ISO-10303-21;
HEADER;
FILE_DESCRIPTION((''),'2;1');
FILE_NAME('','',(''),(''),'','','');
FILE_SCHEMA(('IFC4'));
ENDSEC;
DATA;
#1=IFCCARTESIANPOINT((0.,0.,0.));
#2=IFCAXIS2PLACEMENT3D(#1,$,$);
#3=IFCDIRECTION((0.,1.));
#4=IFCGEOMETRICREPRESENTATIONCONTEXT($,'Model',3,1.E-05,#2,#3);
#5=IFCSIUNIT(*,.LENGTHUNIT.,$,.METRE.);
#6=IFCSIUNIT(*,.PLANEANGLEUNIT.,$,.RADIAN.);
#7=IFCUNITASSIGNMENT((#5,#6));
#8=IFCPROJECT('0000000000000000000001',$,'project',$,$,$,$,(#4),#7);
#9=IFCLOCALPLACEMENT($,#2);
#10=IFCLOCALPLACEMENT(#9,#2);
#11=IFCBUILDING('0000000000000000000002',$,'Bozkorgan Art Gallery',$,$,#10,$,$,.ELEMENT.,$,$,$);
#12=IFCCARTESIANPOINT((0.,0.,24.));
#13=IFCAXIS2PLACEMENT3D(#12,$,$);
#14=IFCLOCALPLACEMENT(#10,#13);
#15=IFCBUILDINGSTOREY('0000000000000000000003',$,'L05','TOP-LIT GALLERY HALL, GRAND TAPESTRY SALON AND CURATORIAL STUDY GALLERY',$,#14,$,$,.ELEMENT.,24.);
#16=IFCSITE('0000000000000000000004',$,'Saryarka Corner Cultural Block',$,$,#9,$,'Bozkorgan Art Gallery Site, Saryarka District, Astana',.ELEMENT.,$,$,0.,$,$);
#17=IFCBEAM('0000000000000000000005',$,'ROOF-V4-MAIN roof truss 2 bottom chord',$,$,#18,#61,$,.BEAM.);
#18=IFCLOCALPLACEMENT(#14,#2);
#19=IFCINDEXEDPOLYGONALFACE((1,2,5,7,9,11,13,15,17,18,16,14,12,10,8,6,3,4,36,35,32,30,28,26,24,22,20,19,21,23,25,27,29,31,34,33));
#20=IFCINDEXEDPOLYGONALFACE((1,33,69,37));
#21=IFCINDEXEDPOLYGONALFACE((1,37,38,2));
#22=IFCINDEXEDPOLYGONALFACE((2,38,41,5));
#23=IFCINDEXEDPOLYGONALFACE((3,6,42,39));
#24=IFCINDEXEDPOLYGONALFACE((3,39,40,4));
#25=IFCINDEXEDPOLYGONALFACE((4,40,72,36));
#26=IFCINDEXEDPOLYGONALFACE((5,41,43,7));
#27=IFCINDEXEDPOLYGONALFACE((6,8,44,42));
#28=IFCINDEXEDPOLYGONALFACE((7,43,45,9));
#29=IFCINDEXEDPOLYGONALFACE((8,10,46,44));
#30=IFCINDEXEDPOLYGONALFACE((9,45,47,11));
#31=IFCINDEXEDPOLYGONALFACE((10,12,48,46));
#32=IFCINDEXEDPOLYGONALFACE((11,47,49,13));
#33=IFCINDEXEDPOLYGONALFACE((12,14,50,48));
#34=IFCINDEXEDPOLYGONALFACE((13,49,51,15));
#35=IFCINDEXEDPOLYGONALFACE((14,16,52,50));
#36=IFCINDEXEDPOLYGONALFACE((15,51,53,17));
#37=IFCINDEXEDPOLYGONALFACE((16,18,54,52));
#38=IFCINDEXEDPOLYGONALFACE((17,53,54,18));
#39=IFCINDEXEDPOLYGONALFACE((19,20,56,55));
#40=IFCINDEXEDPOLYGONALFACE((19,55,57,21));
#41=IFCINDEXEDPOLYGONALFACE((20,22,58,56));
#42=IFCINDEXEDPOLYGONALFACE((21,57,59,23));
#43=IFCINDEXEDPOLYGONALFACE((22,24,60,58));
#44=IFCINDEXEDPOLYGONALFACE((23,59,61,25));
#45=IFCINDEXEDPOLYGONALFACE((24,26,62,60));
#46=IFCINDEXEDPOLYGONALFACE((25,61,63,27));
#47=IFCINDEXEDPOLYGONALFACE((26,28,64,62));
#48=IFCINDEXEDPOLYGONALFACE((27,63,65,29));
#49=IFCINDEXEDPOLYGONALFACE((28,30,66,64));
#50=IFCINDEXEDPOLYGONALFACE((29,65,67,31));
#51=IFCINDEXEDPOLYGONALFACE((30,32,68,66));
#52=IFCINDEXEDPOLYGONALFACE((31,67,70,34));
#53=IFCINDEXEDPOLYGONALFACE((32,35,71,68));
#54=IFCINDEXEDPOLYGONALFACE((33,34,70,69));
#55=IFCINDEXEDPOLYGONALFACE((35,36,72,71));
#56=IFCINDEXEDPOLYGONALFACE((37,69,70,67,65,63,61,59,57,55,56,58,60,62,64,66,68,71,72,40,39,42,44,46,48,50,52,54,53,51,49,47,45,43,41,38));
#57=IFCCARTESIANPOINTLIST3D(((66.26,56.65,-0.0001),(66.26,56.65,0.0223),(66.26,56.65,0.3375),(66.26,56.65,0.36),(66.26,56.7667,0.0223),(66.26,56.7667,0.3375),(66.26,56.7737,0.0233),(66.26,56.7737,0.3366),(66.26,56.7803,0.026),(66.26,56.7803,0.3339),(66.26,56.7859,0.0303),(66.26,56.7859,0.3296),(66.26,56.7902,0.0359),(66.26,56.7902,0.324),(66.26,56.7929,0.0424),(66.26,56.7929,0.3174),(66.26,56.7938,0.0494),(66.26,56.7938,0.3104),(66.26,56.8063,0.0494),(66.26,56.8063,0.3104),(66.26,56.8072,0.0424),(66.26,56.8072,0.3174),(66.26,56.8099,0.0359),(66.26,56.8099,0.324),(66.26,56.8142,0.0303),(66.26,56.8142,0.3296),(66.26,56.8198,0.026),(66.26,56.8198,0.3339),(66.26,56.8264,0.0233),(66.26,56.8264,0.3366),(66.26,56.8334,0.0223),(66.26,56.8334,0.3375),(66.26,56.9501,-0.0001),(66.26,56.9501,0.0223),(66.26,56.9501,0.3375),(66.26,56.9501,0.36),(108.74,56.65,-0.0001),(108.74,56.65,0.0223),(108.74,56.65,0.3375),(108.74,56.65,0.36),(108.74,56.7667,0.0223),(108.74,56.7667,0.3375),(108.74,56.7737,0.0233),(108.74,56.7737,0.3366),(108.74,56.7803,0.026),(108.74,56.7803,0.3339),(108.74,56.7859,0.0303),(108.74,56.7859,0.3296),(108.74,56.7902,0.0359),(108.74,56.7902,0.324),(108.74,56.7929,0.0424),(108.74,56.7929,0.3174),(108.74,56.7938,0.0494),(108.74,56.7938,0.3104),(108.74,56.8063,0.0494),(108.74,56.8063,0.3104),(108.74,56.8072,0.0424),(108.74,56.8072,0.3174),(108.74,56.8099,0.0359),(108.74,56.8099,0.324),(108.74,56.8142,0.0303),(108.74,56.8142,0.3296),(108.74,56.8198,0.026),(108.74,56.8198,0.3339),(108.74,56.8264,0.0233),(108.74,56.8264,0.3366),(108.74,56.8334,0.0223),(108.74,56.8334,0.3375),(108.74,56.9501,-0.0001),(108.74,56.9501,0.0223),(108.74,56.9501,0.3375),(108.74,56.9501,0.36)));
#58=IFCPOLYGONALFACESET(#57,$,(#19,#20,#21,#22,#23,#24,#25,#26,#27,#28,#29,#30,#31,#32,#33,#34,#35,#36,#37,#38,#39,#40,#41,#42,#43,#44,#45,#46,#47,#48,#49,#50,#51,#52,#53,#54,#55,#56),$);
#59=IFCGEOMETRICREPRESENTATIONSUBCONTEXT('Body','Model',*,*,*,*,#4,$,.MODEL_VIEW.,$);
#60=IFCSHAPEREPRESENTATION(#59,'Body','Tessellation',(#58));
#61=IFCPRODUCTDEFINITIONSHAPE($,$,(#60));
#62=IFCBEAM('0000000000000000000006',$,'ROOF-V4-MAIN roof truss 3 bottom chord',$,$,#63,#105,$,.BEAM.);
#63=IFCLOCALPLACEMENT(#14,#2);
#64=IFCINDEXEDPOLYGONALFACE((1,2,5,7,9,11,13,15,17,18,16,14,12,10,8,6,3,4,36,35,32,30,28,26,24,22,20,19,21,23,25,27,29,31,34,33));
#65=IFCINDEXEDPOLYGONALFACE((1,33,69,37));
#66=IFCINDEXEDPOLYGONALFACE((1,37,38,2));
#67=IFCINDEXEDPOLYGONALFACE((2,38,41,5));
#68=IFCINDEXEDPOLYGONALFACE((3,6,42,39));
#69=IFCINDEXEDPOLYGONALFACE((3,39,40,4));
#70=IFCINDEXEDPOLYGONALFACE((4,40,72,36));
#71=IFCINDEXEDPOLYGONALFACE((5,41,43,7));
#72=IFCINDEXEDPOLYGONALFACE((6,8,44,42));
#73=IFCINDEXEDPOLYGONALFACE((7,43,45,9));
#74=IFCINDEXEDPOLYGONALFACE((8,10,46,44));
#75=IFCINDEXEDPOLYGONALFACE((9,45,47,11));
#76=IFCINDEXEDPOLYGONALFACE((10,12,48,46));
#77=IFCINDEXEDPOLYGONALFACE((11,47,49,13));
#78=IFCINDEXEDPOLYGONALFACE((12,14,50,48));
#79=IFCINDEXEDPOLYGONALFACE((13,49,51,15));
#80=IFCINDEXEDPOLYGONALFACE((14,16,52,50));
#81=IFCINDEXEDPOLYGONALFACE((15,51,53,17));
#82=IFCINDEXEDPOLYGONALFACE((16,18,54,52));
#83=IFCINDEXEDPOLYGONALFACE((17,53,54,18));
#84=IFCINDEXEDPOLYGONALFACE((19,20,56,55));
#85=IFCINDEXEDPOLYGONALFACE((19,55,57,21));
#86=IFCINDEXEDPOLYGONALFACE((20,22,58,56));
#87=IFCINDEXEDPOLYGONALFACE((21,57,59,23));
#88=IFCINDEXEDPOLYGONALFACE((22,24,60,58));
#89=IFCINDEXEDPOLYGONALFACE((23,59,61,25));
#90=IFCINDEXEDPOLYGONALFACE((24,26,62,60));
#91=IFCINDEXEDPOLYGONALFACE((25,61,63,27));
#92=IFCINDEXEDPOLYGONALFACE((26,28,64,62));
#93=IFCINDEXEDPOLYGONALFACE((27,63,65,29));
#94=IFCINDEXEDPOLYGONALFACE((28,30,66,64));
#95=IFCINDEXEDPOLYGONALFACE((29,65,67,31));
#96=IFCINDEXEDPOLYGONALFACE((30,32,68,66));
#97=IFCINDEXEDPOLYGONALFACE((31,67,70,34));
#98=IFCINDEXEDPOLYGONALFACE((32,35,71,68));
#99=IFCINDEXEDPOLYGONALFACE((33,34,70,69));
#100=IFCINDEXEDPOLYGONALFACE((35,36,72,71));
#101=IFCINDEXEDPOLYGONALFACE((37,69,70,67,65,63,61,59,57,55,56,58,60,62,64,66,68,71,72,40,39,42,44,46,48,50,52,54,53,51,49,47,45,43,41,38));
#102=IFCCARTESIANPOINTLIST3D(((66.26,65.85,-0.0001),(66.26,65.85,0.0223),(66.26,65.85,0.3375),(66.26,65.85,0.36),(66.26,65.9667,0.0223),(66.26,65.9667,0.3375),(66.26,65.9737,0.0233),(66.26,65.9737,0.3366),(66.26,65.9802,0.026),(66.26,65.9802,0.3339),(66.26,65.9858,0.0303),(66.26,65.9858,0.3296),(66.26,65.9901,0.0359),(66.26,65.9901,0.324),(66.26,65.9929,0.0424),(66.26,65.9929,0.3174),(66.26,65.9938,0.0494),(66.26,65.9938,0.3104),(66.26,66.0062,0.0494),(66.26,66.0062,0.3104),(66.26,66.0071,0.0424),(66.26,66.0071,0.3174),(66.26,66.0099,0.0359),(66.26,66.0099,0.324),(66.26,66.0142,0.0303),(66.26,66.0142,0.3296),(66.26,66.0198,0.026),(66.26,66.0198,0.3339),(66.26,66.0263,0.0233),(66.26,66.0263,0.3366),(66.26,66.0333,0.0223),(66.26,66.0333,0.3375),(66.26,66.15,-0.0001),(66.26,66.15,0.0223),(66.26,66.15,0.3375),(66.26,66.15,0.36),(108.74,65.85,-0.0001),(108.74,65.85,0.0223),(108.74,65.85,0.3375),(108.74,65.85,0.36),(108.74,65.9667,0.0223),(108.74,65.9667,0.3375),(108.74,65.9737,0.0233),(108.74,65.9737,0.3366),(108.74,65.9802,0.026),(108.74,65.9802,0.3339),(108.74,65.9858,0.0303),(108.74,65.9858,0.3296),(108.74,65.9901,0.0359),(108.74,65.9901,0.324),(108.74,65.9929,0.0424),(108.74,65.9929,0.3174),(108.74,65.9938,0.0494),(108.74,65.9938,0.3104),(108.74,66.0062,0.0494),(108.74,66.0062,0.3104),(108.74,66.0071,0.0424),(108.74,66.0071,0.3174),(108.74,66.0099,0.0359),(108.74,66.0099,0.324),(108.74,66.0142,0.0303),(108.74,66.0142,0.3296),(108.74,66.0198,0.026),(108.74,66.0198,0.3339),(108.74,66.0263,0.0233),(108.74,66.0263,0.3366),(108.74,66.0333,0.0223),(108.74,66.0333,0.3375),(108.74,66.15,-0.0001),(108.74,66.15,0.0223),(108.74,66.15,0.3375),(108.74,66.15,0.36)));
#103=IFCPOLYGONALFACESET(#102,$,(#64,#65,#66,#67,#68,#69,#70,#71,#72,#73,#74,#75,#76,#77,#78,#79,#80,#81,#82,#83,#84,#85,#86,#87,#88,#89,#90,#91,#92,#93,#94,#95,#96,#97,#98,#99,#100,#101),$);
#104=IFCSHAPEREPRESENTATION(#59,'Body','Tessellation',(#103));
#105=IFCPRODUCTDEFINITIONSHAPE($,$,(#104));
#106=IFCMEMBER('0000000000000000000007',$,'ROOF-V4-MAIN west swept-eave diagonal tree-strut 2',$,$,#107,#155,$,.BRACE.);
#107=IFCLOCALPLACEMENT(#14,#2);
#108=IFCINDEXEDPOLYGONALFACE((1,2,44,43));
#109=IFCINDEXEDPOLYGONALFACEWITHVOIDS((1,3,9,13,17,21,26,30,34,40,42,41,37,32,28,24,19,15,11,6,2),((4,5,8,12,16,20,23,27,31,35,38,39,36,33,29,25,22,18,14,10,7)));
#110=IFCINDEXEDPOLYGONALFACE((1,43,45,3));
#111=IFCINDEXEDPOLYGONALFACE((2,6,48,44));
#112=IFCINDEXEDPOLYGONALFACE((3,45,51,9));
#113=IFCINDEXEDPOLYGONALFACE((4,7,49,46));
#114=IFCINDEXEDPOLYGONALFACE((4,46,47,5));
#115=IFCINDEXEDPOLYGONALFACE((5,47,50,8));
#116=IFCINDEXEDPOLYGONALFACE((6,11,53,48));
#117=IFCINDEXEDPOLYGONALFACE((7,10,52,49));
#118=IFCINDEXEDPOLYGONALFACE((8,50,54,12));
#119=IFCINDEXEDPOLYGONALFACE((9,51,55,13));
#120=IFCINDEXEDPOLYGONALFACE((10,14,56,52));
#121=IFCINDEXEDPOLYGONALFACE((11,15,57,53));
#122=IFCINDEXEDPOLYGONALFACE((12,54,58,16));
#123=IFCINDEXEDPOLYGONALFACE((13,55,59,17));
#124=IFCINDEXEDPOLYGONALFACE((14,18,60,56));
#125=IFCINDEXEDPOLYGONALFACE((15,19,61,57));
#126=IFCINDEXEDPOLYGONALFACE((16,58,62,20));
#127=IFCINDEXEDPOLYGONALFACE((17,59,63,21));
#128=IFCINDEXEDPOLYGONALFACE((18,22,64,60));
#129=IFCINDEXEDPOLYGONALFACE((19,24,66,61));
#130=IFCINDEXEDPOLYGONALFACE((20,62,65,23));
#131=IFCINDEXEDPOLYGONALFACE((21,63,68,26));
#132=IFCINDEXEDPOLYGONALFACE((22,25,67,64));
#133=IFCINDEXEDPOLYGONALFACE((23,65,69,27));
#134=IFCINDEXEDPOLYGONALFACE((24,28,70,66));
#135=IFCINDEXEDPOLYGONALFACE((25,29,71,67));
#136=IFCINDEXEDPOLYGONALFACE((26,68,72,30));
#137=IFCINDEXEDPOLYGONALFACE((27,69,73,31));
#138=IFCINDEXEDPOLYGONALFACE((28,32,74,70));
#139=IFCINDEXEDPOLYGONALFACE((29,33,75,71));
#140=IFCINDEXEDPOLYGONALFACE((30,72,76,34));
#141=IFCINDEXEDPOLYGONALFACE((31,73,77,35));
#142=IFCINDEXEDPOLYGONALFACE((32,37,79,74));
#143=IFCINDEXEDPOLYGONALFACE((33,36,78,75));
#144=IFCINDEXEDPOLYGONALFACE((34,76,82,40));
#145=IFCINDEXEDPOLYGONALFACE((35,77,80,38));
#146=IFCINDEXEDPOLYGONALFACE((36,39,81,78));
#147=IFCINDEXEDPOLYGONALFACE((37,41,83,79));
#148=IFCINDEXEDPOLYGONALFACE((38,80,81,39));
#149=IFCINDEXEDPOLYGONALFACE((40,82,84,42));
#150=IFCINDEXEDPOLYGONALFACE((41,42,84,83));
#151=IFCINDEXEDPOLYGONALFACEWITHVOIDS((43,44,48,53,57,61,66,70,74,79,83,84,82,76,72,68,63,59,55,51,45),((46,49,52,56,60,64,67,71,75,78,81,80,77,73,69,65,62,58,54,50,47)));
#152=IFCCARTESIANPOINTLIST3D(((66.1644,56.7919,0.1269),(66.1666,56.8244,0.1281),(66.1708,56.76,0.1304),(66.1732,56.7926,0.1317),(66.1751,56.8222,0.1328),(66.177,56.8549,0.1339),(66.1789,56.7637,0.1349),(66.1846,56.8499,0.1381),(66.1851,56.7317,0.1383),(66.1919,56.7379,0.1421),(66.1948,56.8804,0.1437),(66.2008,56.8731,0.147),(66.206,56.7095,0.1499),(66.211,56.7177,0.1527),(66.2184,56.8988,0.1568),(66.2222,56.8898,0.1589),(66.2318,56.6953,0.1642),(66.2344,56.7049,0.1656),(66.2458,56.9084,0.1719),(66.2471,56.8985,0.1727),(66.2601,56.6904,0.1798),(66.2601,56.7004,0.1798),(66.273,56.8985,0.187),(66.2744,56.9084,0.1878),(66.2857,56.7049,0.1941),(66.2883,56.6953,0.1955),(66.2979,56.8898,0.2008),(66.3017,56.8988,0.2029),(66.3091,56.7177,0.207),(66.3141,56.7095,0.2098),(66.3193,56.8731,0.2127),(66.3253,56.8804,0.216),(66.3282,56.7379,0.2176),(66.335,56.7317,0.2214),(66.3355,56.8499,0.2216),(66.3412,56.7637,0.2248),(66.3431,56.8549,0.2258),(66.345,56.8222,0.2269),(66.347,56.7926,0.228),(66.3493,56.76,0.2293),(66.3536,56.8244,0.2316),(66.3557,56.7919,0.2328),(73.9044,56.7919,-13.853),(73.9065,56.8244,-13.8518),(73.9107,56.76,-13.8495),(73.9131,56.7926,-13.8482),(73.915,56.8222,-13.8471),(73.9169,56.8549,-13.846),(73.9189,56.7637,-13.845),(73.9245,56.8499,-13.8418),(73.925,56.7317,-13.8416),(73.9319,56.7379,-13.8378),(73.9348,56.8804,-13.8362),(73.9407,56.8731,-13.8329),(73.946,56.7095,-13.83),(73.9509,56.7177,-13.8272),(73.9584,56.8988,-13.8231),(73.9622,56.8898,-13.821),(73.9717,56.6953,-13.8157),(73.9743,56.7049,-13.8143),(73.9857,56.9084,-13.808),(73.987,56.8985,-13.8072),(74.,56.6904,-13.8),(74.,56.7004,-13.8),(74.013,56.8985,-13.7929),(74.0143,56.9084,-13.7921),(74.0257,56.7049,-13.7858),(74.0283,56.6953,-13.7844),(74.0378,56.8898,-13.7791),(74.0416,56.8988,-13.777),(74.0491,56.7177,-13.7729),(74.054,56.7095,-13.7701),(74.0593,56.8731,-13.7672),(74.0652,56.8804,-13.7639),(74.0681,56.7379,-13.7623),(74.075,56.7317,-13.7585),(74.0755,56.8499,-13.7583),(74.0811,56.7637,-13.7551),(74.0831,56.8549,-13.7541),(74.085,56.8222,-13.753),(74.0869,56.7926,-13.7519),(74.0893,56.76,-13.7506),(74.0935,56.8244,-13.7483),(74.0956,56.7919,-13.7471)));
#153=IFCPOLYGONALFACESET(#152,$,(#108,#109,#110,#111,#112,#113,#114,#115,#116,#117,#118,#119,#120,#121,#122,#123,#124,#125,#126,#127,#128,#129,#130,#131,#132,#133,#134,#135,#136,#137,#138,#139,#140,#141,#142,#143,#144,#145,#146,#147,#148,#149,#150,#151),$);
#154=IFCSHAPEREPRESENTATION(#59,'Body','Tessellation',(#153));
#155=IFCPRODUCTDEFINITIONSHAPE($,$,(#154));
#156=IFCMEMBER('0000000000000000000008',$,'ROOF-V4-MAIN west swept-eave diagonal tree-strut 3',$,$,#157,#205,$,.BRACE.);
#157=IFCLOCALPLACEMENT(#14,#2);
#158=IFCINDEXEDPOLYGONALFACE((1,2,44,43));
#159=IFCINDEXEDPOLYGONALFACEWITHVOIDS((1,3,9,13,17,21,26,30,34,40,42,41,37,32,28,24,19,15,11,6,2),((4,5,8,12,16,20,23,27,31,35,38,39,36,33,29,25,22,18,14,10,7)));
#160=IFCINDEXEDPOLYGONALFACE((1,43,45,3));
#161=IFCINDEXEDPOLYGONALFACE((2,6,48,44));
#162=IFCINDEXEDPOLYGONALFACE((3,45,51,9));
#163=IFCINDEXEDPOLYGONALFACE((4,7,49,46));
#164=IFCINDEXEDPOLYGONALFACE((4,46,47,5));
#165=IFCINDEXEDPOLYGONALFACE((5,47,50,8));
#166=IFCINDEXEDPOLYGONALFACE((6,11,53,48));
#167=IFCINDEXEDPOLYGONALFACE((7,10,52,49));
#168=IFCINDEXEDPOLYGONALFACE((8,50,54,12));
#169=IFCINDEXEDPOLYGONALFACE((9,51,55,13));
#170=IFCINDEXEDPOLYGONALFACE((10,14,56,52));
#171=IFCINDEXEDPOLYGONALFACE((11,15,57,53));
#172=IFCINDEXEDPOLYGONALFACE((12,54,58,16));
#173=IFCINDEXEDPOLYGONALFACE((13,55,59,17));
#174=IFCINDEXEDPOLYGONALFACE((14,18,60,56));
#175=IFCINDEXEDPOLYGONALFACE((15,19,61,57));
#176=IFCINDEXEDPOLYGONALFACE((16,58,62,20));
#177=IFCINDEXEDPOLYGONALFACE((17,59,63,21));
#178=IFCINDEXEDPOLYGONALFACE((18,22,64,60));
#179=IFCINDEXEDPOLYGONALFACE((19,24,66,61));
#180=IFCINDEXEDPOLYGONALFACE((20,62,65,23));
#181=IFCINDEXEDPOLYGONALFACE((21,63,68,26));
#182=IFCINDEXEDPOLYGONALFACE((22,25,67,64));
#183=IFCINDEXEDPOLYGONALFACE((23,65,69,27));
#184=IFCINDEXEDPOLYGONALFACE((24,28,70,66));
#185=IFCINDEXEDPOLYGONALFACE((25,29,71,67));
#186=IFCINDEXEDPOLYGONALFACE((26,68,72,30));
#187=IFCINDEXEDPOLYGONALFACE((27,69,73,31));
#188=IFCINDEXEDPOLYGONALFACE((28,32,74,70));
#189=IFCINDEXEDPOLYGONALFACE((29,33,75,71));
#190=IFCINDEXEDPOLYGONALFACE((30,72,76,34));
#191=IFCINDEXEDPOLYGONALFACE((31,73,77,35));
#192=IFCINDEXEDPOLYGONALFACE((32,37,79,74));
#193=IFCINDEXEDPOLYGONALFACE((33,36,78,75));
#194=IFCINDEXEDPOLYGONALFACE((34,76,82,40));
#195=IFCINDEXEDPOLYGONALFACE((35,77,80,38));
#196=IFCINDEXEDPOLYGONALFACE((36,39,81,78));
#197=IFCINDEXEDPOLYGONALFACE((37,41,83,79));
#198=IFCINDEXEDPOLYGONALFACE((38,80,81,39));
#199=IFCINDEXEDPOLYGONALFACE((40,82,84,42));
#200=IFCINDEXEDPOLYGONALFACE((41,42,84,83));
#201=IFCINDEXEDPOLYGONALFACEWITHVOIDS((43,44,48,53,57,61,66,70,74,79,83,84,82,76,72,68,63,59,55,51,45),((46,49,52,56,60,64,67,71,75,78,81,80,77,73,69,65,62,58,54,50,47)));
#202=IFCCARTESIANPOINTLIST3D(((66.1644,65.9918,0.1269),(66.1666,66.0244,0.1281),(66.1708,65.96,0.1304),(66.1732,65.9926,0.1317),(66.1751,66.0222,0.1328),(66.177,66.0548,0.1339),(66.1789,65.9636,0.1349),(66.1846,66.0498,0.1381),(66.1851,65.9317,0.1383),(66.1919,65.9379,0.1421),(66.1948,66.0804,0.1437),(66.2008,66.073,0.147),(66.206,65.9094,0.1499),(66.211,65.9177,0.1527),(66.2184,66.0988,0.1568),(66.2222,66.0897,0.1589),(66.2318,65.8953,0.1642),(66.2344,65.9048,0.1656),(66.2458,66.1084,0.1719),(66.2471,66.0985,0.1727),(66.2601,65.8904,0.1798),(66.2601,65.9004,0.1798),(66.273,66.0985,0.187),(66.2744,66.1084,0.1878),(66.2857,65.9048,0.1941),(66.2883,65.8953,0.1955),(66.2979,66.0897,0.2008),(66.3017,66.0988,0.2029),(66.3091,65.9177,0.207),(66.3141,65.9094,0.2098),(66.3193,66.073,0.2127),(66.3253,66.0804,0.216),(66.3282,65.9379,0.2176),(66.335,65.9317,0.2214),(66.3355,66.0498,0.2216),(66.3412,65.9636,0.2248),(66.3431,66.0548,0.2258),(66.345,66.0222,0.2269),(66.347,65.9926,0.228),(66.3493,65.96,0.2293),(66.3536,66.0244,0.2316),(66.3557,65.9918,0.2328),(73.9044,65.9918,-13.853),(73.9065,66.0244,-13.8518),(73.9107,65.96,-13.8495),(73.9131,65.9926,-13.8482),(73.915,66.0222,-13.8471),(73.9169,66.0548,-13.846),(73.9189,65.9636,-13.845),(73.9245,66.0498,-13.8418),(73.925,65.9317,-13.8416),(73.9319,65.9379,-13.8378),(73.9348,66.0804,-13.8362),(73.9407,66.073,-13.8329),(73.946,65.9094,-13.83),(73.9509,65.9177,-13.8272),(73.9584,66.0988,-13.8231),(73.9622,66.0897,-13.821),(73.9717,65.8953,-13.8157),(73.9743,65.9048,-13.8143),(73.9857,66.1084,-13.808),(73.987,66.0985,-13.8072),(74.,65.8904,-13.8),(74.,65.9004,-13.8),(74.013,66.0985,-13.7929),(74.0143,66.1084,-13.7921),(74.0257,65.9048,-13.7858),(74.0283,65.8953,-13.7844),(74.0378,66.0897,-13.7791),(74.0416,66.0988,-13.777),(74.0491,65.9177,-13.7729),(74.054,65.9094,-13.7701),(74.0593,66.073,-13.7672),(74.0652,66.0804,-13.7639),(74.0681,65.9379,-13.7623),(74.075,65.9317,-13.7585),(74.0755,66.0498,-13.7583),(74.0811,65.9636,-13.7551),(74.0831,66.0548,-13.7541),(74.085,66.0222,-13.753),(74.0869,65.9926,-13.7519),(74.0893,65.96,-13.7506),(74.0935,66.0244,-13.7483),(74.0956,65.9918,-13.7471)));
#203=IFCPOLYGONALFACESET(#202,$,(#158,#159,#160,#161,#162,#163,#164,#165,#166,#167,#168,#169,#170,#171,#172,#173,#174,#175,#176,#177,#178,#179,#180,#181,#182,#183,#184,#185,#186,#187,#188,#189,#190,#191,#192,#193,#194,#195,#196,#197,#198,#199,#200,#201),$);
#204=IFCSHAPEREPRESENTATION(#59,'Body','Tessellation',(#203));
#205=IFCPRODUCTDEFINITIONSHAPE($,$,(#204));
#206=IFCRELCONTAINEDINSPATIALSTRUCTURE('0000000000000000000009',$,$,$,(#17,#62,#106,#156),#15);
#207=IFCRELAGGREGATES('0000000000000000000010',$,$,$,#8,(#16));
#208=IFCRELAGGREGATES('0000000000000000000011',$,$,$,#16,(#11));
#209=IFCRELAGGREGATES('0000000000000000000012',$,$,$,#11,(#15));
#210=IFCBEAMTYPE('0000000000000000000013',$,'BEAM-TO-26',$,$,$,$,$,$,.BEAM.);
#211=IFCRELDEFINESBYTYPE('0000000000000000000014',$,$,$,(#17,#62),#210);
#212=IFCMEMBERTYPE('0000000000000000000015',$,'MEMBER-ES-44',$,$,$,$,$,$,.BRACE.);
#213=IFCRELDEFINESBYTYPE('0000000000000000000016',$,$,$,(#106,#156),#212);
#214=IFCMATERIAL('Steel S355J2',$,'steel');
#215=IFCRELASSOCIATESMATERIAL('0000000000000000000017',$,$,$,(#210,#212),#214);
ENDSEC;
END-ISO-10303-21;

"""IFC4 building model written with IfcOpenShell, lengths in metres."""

from ifc_helpers import new_model, si_unit, direction, frame, origin, origin_2d, place, context, subcontext, project, spatial, hollow_circle, i_section, extrude, material, material_profile, profile_set, type_object, element, save


model = new_model("IFC4")

# Units and contexts
model_context = context("Model", 3, precision=1e-05, world=origin(), true_north=direction((0.0, 1.0)))
body_context = subcontext(model_context, "Body", "Model", "MODEL_VIEW")
ifc_project = project(units=[si_unit("LENGTHUNIT", "METRE"), si_unit("PLANEANGLEUNIT", "RADIAN")], contexts=[model_context])

# Site, building, storey
site_placement = place(None, origin())
site = spatial("IfcSite", under=ifc_project, at=site_placement, Name="Saryarka Corner Cultural Block", LongName="Bozkorgan Art Gallery Site, Saryarka District, Astana", CompositionType="ELEMENT", RefElevation=0.0)
building_placement = place(site_placement, origin())
building = spatial("IfcBuilding", under=site, at=building_placement, Name="Bozkorgan Art Gallery", CompositionType="ELEMENT")
storey_placement = place(building_placement, frame((0.0, 0.0, 24.0)))
storey = spatial("IfcBuildingStorey", under=building, at=storey_placement, Name="L05", Description="TOP-LIT GALLERY HALL, GRAND TAPESTRY SALON AND CURATORIAL STUDY GALLERY", CompositionType="ELEMENT", Elevation=24.0)

# Beams
ifc_material_1 = material(Name="Steel S355J2", Category="steel")
ifc_material_profile_1 = material_profile(ifc_material_1, i_section(OverallWidth=0.3, OverallDepth=0.3601, WebThickness=0.0125, FlangeThickness=0.0225, FilletRadius=0.0271, at=origin_2d()), Name="HEB 360")
ifc_profile_set_1 = profile_set([ifc_material_profile_1], Name="Steel S355J2")
beam_type = type_object("IfcBeamType", Name="BEAM-TO-26", PredefinedType="BEAM", material=ifc_profile_set_1)
for number, where, z_axis, x_axis, name in (
    (1, (66.26, 56.8, 0.1799), (1.0, 0.0, 0.0), (0.0, 1.0, 0.0), "ROOF-V4-MAIN roof truss 2 bottom chord"),
    (2, (66.26, 66.0, 0.1799), (1.0, 0.0, 0.0), (0.0, 1.0, 0.0), "ROOF-V4-MAIN roof truss 3 bottom chord"),
):
    element("IfcBeam", number, at=place(storey_placement, frame(where, z_axis=z_axis, x_axis=x_axis)), inside=storey, type_object=beam_type, Name=name, PredefinedType="BEAM", context=body_context, shape_type="SweptSolid", body=[
        extrude(i_section(OverallWidth=0.3, OverallDepth=0.3601, WebThickness=0.0125, FlangeThickness=0.0225, FilletRadius=0.0271, at=origin_2d()), origin(), (0.0, 0.0, 1.0), 42.48),
    ])

# Members
ifc_material_profile_2 = material_profile(ifc_material_1, hollow_circle(Radius=0.1096, WallThickness=0.01, at=origin_2d()), Name="CHS 219.1x10")
ifc_profile_set_2 = profile_set([ifc_material_profile_2], Name="Steel S355J2")
member_type_1 = type_object("IfcMemberType", Name="MEMBER-ES-44", PredefinedType="BRACE", material=ifc_profile_set_2)
for number, where, z_axis, x_axis, name in (
    (3, (74.0, 56.8, -13.8), (-0.484367, 0.0, 0.874865), (0.0, -1.0, 0.0), "ROOF-V4-MAIN west swept-eave diagonal tree-strut 2"),
    (4, (74.0, 66.0, -13.8), (-0.484367, 0.0, 0.874865), (0.0, -1.0, 0.0), "ROOF-V4-MAIN west swept-eave diagonal tree-strut 3"),
):
    element("IfcMember", number, at=place(storey_placement, frame(where, z_axis=z_axis, x_axis=x_axis)), inside=storey, type_object=member_type_1, Name=name, PredefinedType="BRACE", context=body_context, shape_type="SweptSolid", body=[
        extrude(hollow_circle(Radius=0.1096, WallThickness=0.01, at=origin_2d()), origin(), (0.0, 0.0, 1.0), 15.9795),
    ])

save(model, "model.ifc")
